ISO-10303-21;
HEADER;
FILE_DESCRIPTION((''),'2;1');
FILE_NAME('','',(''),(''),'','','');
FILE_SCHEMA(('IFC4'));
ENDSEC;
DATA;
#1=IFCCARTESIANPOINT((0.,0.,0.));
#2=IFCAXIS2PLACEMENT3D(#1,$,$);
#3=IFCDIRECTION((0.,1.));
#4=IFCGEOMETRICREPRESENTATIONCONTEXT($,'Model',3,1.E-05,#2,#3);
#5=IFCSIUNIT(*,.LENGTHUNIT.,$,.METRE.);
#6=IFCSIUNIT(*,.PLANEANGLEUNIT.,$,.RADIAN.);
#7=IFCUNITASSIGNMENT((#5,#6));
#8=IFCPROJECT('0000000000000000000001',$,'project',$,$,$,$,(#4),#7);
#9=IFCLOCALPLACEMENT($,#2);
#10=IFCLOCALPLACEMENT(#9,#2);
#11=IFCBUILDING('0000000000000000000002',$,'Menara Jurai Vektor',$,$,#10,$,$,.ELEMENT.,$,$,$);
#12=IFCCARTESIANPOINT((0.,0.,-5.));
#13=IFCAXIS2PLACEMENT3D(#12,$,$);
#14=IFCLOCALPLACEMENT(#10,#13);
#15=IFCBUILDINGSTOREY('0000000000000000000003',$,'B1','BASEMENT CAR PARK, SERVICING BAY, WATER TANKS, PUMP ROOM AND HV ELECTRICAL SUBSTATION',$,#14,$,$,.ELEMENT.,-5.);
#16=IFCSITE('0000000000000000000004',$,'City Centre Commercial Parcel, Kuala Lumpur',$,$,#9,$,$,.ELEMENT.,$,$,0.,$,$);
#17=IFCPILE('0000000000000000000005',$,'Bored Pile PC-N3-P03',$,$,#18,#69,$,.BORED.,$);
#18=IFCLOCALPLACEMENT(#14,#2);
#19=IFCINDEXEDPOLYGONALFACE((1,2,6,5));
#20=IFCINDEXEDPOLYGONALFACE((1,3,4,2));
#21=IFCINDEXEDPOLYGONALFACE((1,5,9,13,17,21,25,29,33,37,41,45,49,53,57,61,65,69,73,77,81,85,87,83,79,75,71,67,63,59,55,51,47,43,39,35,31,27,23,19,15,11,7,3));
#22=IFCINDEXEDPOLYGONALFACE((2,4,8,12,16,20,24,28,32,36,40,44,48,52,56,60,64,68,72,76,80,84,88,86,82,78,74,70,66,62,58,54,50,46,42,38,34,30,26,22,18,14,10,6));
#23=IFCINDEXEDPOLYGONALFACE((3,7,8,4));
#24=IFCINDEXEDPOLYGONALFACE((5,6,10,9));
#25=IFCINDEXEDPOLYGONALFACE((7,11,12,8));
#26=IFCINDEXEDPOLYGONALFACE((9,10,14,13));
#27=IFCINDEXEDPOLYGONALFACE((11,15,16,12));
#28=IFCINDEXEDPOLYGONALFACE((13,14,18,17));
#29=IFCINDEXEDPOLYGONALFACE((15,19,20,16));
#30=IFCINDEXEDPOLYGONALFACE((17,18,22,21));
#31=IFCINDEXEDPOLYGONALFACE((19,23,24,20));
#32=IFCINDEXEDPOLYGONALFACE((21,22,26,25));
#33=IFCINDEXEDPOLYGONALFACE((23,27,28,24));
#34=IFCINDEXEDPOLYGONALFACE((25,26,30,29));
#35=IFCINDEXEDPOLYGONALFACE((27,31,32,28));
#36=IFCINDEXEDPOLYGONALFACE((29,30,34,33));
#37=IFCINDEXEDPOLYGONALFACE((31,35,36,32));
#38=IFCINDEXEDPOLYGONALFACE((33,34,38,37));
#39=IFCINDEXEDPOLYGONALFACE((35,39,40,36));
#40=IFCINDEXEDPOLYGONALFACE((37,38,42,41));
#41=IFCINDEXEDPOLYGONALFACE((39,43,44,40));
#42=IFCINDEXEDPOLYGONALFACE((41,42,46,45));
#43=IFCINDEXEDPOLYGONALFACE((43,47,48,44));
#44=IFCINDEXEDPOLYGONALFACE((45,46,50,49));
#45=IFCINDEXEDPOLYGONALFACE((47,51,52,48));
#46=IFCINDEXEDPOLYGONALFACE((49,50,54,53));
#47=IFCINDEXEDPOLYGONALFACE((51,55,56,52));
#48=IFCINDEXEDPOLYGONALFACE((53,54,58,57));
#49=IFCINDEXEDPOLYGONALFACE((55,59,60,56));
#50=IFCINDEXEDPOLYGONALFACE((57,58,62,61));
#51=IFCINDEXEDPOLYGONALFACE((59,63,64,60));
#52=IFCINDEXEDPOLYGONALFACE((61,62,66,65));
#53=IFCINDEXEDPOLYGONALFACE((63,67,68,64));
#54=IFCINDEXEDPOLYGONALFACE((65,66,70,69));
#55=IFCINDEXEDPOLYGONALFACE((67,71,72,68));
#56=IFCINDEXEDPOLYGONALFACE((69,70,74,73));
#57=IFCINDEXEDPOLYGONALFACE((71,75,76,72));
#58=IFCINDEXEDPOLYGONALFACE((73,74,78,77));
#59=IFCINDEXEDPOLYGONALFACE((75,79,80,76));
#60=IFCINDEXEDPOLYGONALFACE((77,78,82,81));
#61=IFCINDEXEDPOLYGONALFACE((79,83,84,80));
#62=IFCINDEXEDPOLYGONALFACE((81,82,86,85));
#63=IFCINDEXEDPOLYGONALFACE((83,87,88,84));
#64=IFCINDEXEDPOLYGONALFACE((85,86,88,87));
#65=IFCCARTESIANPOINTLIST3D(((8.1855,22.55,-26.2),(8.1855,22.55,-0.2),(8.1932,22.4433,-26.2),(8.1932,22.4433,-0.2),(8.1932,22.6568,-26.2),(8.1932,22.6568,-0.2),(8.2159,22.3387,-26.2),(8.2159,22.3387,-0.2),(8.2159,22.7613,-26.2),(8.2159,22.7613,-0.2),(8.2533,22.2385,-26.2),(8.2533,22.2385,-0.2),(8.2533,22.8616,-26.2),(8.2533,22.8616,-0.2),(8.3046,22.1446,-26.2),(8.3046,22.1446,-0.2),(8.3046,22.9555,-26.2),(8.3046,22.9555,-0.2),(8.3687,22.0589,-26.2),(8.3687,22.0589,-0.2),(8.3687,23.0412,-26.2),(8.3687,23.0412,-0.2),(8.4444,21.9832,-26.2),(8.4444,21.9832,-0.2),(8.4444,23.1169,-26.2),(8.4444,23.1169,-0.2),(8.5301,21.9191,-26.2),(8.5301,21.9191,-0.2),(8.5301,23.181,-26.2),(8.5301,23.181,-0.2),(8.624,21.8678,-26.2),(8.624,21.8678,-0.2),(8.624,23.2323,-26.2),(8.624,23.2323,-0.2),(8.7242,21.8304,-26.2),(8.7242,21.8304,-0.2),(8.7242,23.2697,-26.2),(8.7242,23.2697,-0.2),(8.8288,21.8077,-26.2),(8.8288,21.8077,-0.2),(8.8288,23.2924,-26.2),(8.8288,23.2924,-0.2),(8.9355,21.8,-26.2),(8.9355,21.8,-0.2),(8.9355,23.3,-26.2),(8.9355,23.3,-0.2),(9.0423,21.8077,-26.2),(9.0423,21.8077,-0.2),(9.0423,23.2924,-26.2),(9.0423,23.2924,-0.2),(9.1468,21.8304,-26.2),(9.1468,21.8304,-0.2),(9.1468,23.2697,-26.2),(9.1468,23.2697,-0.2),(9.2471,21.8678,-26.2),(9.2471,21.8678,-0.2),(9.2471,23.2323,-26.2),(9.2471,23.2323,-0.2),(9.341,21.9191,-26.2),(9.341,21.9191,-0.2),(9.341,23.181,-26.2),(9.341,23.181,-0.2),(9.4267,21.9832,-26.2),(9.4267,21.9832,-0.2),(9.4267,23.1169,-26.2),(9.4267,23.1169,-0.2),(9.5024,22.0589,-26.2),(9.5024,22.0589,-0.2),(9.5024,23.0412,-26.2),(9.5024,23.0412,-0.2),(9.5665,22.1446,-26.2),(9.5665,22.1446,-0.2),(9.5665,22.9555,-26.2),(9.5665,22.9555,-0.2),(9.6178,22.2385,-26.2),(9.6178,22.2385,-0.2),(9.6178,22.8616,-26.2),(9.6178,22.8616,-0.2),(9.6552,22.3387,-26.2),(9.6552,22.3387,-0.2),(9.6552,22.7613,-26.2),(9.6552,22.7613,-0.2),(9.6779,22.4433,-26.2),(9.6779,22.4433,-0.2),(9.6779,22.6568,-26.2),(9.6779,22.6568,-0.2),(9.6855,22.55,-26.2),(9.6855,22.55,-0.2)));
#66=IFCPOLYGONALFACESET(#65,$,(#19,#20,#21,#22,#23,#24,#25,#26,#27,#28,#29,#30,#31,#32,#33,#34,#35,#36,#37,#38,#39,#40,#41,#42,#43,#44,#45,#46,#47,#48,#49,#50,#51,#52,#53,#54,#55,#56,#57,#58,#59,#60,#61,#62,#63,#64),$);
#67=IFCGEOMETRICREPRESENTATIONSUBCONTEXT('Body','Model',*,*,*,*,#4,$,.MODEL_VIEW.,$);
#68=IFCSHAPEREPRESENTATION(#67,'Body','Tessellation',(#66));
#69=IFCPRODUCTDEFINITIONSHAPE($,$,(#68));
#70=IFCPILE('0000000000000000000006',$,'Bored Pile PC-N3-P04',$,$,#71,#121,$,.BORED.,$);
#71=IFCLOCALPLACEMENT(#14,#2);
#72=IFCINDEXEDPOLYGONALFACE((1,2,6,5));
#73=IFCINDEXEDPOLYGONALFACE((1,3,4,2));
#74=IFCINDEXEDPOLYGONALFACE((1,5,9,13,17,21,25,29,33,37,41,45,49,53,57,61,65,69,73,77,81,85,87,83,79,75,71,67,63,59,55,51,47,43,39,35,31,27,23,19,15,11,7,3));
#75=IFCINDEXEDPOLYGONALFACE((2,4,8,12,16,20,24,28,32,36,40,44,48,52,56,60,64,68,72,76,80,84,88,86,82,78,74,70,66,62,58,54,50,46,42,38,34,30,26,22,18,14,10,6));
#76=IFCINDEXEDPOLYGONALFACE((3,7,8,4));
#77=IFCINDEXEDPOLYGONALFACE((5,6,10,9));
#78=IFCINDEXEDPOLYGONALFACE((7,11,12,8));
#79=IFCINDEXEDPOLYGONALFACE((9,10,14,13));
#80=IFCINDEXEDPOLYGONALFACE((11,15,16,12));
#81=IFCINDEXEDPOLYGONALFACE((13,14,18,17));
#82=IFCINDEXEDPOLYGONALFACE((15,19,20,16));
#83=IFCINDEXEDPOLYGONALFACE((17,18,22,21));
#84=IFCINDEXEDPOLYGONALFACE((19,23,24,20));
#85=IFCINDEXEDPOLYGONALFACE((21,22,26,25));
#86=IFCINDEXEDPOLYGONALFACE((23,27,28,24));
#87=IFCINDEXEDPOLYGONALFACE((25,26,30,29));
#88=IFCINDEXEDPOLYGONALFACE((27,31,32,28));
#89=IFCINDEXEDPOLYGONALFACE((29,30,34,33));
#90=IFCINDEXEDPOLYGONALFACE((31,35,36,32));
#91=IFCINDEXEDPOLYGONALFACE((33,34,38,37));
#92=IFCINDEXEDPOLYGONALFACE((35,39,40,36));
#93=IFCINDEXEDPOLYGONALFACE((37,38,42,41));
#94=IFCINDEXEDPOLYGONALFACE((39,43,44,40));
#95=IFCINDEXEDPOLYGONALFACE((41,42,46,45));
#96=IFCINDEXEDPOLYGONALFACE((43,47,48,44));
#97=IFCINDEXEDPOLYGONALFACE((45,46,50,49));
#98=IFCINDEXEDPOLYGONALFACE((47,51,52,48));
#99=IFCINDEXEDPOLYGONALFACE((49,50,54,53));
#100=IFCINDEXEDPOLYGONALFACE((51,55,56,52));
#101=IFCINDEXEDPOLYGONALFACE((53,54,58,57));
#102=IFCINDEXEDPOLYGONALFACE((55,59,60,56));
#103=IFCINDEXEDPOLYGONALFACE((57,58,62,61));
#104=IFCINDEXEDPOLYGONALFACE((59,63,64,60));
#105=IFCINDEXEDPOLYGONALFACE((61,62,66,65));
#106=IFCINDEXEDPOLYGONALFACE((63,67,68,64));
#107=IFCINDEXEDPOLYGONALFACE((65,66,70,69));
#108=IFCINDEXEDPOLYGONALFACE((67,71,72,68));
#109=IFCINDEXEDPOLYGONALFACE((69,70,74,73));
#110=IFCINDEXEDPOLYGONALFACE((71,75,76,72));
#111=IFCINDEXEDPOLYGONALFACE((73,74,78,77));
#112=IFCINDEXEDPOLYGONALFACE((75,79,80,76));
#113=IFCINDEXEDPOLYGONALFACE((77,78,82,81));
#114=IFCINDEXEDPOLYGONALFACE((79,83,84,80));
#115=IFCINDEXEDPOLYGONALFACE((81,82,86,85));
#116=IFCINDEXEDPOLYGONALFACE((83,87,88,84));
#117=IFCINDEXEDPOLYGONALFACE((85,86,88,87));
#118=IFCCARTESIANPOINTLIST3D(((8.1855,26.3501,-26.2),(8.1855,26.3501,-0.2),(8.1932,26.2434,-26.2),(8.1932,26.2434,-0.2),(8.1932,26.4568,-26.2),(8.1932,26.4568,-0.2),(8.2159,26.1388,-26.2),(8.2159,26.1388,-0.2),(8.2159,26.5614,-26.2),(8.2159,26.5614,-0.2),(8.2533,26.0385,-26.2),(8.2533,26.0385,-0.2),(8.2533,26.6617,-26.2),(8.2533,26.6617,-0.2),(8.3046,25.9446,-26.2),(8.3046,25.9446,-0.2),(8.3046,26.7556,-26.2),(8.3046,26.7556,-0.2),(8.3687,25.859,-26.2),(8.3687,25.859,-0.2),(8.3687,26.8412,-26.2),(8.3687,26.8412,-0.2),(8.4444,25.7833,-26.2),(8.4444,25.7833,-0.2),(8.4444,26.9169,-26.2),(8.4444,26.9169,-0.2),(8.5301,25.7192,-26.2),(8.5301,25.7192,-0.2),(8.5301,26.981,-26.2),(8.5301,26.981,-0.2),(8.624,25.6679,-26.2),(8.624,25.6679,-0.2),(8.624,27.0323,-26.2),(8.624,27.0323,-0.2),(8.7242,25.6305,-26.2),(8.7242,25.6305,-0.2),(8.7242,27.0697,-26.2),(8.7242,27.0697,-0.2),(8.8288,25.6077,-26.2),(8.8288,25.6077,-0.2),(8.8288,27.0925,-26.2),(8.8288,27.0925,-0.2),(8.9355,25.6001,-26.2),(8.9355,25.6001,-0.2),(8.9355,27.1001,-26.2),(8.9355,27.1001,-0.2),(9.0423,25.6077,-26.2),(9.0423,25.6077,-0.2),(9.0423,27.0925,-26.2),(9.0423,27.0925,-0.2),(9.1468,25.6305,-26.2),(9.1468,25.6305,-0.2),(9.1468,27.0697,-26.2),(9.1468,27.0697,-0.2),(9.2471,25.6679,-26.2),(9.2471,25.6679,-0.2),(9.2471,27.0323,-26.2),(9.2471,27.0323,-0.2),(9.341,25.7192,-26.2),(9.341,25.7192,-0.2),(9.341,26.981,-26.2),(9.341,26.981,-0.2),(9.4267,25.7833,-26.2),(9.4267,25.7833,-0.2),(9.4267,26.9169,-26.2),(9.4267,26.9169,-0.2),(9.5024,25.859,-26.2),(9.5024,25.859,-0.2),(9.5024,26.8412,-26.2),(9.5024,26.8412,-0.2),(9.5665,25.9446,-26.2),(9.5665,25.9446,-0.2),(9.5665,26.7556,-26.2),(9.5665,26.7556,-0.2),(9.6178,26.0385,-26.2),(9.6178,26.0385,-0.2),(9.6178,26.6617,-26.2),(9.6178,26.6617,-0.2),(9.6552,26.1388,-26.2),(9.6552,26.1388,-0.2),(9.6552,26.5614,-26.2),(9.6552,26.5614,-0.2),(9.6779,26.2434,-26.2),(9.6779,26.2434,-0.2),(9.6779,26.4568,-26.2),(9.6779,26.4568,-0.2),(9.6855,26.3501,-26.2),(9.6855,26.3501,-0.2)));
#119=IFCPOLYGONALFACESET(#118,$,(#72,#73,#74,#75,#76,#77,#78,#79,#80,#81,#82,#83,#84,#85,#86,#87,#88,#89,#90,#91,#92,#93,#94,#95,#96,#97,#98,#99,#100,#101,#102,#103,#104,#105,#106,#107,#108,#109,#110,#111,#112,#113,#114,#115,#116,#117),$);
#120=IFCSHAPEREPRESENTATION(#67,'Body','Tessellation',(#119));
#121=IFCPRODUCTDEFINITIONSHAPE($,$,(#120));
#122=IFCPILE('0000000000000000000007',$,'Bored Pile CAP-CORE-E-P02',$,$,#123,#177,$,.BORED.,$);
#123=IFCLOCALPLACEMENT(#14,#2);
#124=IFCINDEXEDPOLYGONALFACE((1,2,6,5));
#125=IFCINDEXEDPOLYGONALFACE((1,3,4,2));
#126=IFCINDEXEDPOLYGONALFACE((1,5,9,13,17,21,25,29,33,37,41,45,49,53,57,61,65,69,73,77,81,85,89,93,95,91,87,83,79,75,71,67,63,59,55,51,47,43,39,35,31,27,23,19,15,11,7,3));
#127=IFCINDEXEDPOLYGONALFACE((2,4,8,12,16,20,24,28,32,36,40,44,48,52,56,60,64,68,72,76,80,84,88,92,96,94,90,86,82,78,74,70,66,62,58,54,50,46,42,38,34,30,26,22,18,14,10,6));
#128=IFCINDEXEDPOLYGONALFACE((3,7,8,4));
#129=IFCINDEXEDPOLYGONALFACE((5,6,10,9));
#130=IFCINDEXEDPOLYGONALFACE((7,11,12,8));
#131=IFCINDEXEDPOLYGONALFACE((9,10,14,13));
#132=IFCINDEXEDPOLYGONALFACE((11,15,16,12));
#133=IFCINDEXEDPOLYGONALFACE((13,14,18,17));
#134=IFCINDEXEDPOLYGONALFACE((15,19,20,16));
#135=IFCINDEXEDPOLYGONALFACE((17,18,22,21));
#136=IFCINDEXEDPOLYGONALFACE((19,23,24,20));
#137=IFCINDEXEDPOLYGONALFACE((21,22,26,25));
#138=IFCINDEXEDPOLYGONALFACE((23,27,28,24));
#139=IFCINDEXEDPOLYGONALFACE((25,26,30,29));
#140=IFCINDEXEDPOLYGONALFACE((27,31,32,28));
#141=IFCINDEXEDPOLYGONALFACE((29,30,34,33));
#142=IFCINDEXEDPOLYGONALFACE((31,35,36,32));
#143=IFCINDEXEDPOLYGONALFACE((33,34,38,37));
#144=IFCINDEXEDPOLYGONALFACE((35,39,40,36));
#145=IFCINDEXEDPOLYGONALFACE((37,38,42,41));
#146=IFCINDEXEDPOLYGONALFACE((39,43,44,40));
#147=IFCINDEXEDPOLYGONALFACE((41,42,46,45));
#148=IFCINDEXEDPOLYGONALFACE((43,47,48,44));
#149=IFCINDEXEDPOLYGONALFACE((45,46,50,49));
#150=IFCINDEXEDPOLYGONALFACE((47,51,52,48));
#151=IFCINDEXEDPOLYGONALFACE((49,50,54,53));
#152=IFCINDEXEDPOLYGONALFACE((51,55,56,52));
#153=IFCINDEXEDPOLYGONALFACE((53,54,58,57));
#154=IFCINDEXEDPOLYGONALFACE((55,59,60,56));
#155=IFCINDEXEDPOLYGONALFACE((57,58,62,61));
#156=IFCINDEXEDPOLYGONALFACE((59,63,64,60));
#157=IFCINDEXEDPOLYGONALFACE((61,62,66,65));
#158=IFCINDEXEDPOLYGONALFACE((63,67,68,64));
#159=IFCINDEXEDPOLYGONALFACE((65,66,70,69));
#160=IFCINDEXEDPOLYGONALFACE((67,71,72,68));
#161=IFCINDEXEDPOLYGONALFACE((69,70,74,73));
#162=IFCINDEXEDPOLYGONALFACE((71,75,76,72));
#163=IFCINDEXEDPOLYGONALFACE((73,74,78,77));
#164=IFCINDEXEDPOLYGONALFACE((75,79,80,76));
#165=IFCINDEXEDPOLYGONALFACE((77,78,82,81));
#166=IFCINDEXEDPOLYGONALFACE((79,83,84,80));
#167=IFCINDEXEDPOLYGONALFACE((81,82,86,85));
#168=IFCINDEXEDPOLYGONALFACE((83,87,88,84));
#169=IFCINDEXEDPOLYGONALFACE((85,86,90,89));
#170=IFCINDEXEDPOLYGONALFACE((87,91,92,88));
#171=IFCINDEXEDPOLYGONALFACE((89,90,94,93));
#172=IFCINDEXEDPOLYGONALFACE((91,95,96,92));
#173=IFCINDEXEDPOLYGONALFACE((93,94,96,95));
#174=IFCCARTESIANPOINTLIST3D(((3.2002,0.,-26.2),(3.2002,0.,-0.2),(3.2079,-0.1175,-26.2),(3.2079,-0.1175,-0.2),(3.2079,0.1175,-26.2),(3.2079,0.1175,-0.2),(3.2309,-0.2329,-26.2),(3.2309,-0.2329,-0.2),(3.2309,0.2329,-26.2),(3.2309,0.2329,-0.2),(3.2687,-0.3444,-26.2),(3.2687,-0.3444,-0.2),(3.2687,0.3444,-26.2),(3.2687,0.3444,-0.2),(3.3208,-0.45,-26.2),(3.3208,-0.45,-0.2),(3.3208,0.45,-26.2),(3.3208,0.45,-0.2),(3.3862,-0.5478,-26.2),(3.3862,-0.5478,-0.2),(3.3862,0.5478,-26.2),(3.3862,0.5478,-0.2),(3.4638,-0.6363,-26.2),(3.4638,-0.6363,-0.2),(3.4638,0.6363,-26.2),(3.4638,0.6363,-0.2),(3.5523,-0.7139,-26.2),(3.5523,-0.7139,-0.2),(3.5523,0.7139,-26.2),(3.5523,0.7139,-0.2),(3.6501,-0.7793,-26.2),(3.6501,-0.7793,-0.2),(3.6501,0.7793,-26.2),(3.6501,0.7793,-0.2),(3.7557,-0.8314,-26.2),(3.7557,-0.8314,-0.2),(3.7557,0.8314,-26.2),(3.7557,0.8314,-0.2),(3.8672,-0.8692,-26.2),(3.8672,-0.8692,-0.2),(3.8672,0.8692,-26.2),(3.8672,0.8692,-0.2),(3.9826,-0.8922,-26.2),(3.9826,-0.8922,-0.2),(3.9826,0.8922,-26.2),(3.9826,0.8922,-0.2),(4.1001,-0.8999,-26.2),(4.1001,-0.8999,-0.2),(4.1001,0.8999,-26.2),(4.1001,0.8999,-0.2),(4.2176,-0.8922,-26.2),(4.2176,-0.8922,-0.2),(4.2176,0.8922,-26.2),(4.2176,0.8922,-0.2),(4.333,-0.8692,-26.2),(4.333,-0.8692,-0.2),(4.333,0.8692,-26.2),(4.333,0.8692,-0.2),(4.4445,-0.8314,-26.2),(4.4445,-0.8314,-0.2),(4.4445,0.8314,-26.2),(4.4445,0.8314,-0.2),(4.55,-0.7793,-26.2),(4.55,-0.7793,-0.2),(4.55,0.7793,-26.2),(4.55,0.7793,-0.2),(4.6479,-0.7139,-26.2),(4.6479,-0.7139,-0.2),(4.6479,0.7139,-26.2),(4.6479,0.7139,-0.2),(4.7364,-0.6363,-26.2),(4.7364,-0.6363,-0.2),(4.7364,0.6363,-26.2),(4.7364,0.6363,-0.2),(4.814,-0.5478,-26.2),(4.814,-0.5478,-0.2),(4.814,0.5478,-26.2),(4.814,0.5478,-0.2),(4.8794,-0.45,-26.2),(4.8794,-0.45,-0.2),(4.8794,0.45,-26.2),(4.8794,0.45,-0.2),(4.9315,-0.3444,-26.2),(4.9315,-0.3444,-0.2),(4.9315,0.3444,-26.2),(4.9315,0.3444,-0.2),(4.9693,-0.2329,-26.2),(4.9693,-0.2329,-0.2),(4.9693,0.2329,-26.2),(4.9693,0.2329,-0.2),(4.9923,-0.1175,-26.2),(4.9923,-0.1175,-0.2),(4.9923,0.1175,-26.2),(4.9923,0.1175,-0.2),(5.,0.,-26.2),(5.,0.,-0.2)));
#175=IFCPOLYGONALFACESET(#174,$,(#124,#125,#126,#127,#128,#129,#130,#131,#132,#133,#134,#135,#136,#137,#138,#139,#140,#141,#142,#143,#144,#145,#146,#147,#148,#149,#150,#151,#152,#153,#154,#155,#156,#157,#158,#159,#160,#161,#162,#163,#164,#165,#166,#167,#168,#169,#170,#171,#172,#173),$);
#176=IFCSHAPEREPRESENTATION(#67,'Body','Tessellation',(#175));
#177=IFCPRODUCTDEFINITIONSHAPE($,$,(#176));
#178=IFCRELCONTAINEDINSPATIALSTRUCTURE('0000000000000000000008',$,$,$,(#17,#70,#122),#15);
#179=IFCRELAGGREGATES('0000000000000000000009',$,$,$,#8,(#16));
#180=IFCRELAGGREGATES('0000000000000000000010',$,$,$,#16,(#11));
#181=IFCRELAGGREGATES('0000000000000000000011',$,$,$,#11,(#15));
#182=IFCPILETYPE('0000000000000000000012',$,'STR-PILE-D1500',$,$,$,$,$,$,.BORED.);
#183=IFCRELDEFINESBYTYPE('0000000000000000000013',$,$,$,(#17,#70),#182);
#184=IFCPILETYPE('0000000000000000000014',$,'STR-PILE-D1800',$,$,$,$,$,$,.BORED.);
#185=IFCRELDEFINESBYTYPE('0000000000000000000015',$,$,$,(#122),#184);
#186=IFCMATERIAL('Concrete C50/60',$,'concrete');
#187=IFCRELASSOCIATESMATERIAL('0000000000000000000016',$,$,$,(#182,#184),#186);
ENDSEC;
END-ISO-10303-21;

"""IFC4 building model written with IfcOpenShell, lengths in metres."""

from ifc_helpers import new_model, si_unit, direction, frame, origin, origin_2d, place, context, subcontext, project, spatial, circle, extrude, material, material_profile, profile_set, type_object, element, save


model = new_model("IFC4")

# Units and contexts
model_context = context("Model", 3, precision=1e-05, world=origin(), true_north=direction((0.0, 1.0)))
body_context = subcontext(model_context, "Body", "Model", "MODEL_VIEW")
ifc_project = project(units=[si_unit("LENGTHUNIT", "METRE"), si_unit("PLANEANGLEUNIT", "RADIAN")], contexts=[model_context])

# Site, building, storey
site_placement = place(None, origin())
site = spatial("IfcSite", under=ifc_project, at=site_placement, Name="City Centre Commercial Parcel, Kuala Lumpur", CompositionType="ELEMENT", RefElevation=0.0)
building_placement = place(site_placement, origin())
building = spatial("IfcBuilding", under=site, at=building_placement, Name="Menara Jurai Vektor", CompositionType="ELEMENT")
storey_placement = place(building_placement, frame((0.0, 0.0, -5.0)))
storey = spatial("IfcBuildingStorey", under=building, at=storey_placement, Name="B1", Description="BASEMENT CAR PARK, SERVICING BAY, WATER TANKS, PUMP ROOM AND HV ELECTRICAL SUBSTATION", CompositionType="ELEMENT", Elevation=-5.0)

# Shared definitions
ifc_material_1 = material(Name="Concrete C50/60", Category="concrete")

# Piles
ifc_material_profile_1 = material_profile(ifc_material_1, circle(Radius=0.75, at=origin_2d()), Name="PILE D1500")
ifc_profile_set_1 = profile_set([ifc_material_profile_1], Name="Concrete C50/60")
pile_type_1 = type_object("IfcPileType", Name="STR-PILE-D1500", PredefinedType="BORED", material=ifc_profile_set_1)
for number, where, z_axis, x_axis, name in (
    (1, (8.9355, 22.55, -0.2), (0.0, 0.0, -1.0), (1.0, 0.0, 0.0), "Bored Pile PC-N3-P03"),
    (2, (8.9355, 26.3501, -0.2), (0.0, 0.0, -1.0), (1.0, 0.0, 0.0), "Bored Pile PC-N3-P04"),
):
    element("IfcPile", number, at=place(storey_placement, frame(where, z_axis=z_axis, x_axis=x_axis)), inside=storey, type_object=pile_type_1, Name=name, PredefinedType="BORED", context=body_context, shape_type="SweptSolid", body=[
        extrude(circle(Radius=0.75, at=origin_2d()), origin(), (0.0, 0.0, 1.0), 26.0),
    ])
ifc_material_profile_2 = material_profile(ifc_material_1, circle(Radius=0.8999, at=origin_2d()), Name="PILE D1800")
ifc_profile_set_2 = profile_set([ifc_material_profile_2], Name="Concrete C50/60")
pile_type_2 = type_object("IfcPileType", Name="STR-PILE-D1800", PredefinedType="BORED", material=ifc_profile_set_2)
for number, where, z_axis, x_axis, name in (
    (3, (4.1001, 0.0, -0.2), (0.0, 0.0, -1.0), (1.0, 0.0, 0.0), "Bored Pile CAP-CORE-E-P02"),
):
    element("IfcPile", number, at=place(storey_placement, frame(where, z_axis=z_axis, x_axis=x_axis)), inside=storey, type_object=pile_type_2, Name=name, PredefinedType="BORED", context=body_context, shape_type="SweptSolid", body=[
        extrude(circle(Radius=0.8999, at=origin_2d()), origin(), (0.0, 0.0, 1.0), 26.0),
    ])

save(model, "model.ifc")
